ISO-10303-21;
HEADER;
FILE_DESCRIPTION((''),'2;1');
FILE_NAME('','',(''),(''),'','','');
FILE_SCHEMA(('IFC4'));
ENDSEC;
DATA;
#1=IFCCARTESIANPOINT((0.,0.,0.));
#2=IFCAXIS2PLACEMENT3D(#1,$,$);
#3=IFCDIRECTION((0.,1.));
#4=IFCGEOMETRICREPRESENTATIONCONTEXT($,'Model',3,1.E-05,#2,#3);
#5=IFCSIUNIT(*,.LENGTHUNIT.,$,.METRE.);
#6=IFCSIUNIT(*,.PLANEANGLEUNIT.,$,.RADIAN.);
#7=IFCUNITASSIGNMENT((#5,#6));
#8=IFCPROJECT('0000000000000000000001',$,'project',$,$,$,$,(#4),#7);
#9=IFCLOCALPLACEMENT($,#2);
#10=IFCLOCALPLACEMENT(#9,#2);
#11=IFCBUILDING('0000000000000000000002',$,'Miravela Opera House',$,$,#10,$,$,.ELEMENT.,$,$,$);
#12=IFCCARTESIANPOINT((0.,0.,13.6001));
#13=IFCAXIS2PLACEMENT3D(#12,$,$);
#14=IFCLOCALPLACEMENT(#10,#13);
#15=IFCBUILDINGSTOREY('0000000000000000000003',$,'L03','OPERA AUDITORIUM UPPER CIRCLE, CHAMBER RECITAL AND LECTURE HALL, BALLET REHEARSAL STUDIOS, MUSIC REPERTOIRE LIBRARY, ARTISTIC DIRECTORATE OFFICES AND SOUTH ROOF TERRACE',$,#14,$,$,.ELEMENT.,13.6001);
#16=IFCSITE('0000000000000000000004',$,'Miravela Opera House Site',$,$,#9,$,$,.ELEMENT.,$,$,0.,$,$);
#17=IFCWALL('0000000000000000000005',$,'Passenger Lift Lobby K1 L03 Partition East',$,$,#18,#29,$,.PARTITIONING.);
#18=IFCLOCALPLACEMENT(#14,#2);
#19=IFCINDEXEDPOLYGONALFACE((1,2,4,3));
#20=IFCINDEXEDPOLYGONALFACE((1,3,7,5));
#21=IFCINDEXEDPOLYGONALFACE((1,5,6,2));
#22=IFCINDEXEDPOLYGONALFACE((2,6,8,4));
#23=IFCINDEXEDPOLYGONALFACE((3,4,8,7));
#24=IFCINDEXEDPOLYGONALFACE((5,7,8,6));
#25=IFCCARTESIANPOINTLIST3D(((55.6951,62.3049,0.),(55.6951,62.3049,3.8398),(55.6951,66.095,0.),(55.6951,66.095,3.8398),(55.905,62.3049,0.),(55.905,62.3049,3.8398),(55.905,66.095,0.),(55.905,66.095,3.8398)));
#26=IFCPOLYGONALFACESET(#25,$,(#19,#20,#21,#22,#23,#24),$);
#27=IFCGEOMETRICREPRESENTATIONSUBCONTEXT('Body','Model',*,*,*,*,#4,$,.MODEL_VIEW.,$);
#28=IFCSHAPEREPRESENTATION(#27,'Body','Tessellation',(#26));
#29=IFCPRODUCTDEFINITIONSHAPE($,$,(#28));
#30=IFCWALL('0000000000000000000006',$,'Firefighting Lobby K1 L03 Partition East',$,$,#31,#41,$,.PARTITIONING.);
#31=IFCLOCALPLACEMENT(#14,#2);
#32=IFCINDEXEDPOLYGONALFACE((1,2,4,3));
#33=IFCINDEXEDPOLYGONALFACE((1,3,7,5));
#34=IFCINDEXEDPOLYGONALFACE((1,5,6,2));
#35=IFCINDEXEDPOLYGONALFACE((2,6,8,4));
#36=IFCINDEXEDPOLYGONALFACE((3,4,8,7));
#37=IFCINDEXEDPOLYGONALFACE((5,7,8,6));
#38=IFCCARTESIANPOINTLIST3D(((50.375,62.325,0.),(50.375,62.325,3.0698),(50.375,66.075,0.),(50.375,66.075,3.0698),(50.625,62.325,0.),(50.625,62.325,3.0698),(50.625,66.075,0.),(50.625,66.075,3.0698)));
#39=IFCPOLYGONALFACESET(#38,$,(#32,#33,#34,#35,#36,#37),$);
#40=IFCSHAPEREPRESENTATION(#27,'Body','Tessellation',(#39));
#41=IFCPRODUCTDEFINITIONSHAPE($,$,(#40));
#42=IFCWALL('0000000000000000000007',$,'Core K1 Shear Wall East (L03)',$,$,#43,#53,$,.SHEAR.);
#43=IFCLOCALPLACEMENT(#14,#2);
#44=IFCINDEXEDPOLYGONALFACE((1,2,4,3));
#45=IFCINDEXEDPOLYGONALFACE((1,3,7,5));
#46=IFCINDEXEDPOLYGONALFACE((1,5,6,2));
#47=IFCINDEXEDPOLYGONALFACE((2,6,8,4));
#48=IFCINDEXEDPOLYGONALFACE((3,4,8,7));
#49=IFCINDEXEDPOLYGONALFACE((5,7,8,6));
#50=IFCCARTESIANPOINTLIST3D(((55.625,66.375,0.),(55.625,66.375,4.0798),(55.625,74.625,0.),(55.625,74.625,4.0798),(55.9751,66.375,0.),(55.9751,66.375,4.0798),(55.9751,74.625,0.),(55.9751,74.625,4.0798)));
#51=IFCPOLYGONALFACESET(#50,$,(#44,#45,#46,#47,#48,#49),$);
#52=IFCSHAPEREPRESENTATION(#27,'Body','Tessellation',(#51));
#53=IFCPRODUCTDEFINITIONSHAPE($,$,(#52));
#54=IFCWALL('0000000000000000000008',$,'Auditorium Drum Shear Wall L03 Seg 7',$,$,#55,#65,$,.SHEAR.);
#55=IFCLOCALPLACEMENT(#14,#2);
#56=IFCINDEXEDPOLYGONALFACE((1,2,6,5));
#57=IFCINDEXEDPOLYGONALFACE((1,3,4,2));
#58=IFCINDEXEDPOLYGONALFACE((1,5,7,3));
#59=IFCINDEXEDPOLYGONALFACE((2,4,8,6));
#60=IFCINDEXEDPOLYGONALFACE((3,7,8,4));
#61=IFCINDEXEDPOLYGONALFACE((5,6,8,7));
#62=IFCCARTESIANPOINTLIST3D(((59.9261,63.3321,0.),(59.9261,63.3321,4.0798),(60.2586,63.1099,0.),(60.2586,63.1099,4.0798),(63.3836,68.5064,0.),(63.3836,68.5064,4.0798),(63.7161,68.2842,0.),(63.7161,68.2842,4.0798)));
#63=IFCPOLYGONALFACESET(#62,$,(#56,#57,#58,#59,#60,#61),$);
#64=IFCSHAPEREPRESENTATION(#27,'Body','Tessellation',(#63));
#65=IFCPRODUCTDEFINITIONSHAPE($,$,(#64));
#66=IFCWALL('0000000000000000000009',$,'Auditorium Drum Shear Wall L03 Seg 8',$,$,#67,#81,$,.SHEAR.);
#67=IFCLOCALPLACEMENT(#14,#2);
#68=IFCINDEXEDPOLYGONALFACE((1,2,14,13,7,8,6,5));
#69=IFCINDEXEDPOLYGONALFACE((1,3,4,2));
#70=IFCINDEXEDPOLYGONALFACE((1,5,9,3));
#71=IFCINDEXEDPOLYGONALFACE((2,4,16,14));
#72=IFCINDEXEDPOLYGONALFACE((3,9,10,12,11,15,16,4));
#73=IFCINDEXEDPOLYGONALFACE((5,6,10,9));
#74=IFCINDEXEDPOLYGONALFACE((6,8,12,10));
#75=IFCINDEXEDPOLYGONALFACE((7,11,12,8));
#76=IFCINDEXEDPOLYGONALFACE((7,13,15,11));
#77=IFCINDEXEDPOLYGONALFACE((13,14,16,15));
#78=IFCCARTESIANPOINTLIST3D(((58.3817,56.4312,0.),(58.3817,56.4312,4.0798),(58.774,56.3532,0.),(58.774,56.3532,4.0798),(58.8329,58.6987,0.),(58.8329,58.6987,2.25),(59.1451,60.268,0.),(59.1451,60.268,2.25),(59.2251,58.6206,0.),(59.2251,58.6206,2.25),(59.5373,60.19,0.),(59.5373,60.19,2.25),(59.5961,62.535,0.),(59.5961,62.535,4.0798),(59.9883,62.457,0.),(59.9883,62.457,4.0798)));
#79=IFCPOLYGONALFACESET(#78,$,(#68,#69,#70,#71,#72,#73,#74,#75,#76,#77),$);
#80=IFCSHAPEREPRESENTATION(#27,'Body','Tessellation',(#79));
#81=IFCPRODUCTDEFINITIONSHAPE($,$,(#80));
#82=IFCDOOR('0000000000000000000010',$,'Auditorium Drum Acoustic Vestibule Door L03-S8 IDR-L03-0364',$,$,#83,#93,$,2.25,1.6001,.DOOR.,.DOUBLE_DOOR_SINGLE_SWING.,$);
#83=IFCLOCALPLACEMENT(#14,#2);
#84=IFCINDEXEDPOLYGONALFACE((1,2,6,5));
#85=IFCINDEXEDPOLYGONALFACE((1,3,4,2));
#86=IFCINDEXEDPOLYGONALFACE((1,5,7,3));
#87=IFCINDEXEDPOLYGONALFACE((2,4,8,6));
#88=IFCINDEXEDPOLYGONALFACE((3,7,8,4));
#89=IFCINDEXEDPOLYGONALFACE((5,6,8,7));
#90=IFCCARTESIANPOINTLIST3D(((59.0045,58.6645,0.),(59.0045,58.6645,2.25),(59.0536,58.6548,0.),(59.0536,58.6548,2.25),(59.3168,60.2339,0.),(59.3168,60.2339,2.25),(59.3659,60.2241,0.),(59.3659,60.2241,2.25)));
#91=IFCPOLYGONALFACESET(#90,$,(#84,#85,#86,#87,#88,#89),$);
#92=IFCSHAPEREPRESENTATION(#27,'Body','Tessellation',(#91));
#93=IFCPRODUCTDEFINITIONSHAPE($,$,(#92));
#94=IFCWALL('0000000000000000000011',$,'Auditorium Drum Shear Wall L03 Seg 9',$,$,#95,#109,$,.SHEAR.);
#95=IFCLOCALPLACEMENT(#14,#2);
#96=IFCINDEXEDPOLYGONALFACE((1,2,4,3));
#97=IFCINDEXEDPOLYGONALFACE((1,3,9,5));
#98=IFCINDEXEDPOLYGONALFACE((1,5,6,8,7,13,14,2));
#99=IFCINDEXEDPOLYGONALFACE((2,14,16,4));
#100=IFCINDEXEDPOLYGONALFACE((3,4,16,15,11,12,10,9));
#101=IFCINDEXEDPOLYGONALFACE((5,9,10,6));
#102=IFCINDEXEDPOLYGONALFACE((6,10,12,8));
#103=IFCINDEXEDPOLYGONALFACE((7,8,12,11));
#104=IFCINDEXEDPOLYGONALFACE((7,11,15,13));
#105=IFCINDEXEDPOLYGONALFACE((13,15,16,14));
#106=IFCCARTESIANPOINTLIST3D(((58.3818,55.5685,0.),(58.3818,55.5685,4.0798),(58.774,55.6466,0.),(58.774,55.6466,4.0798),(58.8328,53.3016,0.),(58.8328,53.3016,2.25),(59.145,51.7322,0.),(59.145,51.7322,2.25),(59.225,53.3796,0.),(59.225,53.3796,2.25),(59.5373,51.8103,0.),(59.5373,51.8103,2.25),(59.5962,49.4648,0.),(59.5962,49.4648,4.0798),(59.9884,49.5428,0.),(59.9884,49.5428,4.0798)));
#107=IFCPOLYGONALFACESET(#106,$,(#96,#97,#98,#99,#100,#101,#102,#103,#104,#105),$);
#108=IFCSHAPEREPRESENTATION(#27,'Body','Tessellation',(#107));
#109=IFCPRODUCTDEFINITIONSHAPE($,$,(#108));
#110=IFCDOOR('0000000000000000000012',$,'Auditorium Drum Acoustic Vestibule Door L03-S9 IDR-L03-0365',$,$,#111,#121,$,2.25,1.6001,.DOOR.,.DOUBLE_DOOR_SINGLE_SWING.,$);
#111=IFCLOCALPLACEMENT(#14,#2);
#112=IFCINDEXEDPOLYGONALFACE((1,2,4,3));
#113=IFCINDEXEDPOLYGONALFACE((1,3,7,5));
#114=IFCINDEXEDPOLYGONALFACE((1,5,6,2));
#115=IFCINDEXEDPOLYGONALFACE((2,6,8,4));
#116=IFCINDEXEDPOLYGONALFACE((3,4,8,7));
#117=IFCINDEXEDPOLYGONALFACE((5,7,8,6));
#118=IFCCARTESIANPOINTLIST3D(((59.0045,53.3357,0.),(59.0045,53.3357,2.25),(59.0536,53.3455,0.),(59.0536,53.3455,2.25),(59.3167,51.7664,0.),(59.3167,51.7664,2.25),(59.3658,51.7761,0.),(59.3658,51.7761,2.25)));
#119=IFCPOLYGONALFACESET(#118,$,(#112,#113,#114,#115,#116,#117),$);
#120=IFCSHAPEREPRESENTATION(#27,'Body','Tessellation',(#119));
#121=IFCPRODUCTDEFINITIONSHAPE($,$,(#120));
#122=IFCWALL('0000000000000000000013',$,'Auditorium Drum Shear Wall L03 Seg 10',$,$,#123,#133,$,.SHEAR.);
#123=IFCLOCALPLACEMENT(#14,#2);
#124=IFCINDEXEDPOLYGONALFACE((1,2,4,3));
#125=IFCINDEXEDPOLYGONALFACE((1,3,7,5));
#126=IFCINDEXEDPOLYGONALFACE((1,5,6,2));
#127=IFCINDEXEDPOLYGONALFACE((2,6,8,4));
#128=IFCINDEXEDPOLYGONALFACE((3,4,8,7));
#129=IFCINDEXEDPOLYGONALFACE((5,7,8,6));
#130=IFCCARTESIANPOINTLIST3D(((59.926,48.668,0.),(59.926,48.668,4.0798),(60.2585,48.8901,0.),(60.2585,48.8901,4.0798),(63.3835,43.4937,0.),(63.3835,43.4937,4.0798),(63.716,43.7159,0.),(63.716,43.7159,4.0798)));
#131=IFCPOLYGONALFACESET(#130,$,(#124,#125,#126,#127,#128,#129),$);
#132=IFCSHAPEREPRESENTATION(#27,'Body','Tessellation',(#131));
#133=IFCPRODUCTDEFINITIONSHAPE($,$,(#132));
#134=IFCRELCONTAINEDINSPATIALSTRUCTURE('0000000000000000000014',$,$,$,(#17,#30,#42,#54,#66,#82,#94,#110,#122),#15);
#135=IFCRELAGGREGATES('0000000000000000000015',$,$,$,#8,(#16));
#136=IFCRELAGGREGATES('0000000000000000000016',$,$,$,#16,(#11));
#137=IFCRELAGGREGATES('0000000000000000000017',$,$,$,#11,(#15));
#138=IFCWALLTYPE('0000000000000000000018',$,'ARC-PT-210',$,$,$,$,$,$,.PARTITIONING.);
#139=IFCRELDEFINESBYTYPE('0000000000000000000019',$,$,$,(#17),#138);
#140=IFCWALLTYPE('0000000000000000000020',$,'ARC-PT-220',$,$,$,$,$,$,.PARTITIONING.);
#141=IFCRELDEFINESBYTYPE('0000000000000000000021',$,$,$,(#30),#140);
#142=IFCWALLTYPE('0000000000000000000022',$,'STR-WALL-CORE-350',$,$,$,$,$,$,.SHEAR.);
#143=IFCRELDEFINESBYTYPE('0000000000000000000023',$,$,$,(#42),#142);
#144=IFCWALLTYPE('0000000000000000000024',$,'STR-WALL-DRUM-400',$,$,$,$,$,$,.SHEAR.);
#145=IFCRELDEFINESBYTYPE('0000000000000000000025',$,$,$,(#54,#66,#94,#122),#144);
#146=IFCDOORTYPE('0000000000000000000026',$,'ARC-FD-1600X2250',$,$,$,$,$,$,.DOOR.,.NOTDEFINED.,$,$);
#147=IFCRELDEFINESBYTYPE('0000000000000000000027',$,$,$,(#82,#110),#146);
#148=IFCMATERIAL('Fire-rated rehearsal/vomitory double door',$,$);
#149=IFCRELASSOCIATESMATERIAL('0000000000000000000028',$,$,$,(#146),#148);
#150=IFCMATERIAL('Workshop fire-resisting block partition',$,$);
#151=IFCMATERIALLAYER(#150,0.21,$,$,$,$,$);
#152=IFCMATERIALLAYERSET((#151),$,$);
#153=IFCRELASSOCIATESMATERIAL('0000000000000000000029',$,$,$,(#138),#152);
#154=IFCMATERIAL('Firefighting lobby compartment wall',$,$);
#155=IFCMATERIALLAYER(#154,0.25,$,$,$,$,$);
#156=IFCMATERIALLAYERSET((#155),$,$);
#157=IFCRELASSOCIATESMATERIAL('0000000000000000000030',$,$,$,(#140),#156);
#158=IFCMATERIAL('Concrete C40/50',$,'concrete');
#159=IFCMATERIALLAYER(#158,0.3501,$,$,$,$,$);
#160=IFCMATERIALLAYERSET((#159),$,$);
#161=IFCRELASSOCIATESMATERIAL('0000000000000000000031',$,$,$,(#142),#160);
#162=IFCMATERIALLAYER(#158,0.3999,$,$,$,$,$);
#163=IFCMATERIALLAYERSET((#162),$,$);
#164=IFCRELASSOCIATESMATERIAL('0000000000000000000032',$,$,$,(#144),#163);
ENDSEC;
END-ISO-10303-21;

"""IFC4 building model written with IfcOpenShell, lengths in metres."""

from ifc_helpers import new_model, si_unit, direction, frame, frame_2d, origin, place, context, subcontext, project, spatial, rectangle, extrude, material, layer, layer_set, type_object, element, fill, save


model = new_model("IFC4")

# Units and contexts
model_context = context("Model", 3, precision=1e-05, world=origin(), true_north=direction((0.0, 1.0)))
body_context = subcontext(model_context, "Body", "Model", "MODEL_VIEW")
ifc_project = project(units=[si_unit("LENGTHUNIT", "METRE"), si_unit("PLANEANGLEUNIT", "RADIAN")], contexts=[model_context])

# Site, building, storey
site_placement = place(None, origin())
site = spatial("IfcSite", under=ifc_project, at=site_placement, Name="Miravela Opera House Site", CompositionType="ELEMENT", RefElevation=0.0)
building_placement = place(site_placement, origin())
building = spatial("IfcBuilding", under=site, at=building_placement, Name="Miravela Opera House", CompositionType="ELEMENT")
storey_placement = place(building_placement, frame((0.0, 0.0, 13.6001)))
storey = spatial("IfcBuildingStorey", under=building, at=storey_placement, Name="L03", Description="OPERA AUDITORIUM UPPER CIRCLE, CHAMBER RECITAL AND LECTURE HALL, BALLET REHEARSAL STUDIOS, MUSIC REPERTOIRE LIBRARY, ARTISTIC DIRECTORATE OFFICES AND SOUTH ROOF TERRACE", CompositionType="ELEMENT", Elevation=13.6001)

# Shared definitions
ifc_material_1 = material(Name="Concrete C40/50", Category="concrete")

# Shared definitions
ifc_material_2 = material(Name="Fire-rated rehearsal/vomitory double door")
door_type_1 = type_object("IfcDoorType", Name="ARC-FD-1600X2250", OperationType="NOTDEFINED", PredefinedType="DOOR", material=ifc_material_2)

# Shared definitions
ifc_material_3 = material(Name="Workshop fire-resisting block partition")
ifc_layer_1 = layer(ifc_material_3, 0.21)
ifc_layer_set_1 = layer_set([ifc_layer_1])
wall_type_1 = type_object("IfcWallType", Name="ARC-PT-210", PredefinedType="PARTITIONING", material=ifc_layer_set_1)

# Walls
wall_1_placement = place(storey_placement, frame((55.8, 62.3049, 0.0), z_axis=(0.0, 0.0, 1.0), x_axis=(0.0, 1.0, 0.0)))
element("IfcWall", 1, at=wall_1_placement, inside=storey, type_object=wall_type_1, Name="Passenger Lift Lobby K1 L03 Partition East", PredefinedType="PARTITIONING", context=body_context, shape_type="SweptSolid", body=[
    extrude(rectangle(XDim=3.79, YDim=0.21, at=frame_2d((1.895, 0.0))), origin(), (0.0, 0.0, 1.0), 3.8398),
])
ifc_material_4 = material(Name="Firefighting lobby compartment wall")
ifc_layer_2 = layer(ifc_material_4, 0.25)
ifc_layer_set_2 = layer_set([ifc_layer_2])
wall_type_2 = type_object("IfcWallType", Name="ARC-PT-220", PredefinedType="PARTITIONING", material=ifc_layer_set_2)
wall_2_placement = place(storey_placement, frame((50.5, 62.325, 0.0), z_axis=(0.0, 0.0, 1.0), x_axis=(0.0, 1.0, 0.0)))
element("IfcWall", 2, at=wall_2_placement, inside=storey, type_object=wall_type_2, Name="Firefighting Lobby K1 L03 Partition East", PredefinedType="PARTITIONING", context=body_context, shape_type="SweptSolid", body=[
    extrude(rectangle(XDim=3.75, YDim=0.25, at=frame_2d((1.875, 0.0))), origin(), (0.0, 0.0, 1.0), 3.0698),
])
ifc_layer_3 = layer(ifc_material_1, 0.3501)
ifc_layer_set_3 = layer_set([ifc_layer_3])
wall_type_3 = type_object("IfcWallType", Name="STR-WALL-CORE-350", PredefinedType="SHEAR", material=ifc_layer_set_3)
wall_3_placement = place(storey_placement, frame((55.8, 66.375, 0.0), z_axis=(0.0, 0.0, 1.0), x_axis=(0.0, 1.0, 0.0)))
element("IfcWall", 3, at=wall_3_placement, inside=storey, type_object=wall_type_3, Name="Core K1 Shear Wall East (L03)", PredefinedType="SHEAR", context=body_context, shape_type="SweptSolid", body=[
    extrude(rectangle(XDim=8.25, YDim=0.3501, at=frame_2d((4.125, 0.0))), origin(), (0.0, 0.0, 1.0), 4.0798),
])
ifc_layer_4 = layer(ifc_material_1, 0.3999)
ifc_layer_set_4 = layer_set([ifc_layer_4])
wall_type_4 = type_object("IfcWallType", Name="STR-WALL-DRUM-400", PredefinedType="SHEAR", material=ifc_layer_set_4)
wall_4_placement = place(storey_placement, frame((63.5498, 68.3953, 0.0), z_axis=(0.0, 0.0, 1.0), x_axis=(-0.555587, -0.831458, 0.0)))
element("IfcWall", 4, at=wall_4_placement, inside=storey, type_object=wall_type_4, Name="Auditorium Drum Shear Wall L03 Seg 7", PredefinedType="SHEAR", context=body_context, shape_type="SweptSolid", body=[
    extrude(rectangle(XDim=6.2231, YDim=0.3999, at=frame_2d((3.1116, 0.0))), origin(), (0.0, 0.0, 1.0), 4.0798),
])

# Walls, openings, doors
wall_5_placement = place(storey_placement, frame((59.7922, 62.4961, 0.0), z_axis=(0.0, 0.0, 1.0), x_axis=(-0.195128, -0.980778, 0.0)))
wall_5 = element("IfcWall", 5, at=wall_5_placement, inside=storey, type_object=wall_type_4, Name="Auditorium Drum Shear Wall L03 Seg 8", PredefinedType="SHEAR", context=body_context, shape_type="SweptSolid", body=[
    extrude(rectangle(XDim=6.2234, YDim=0.3999, at=frame_2d((3.1118, 0.0))), origin(), (0.0, 0.0, 1.0), 4.0798),
])
opening_1_placement = place(wall_5_placement, frame((2.3115, 0.0, 0.0)))
opening_1 = element("IfcOpeningElement", 6, at=opening_1_placement, cuts=wall_5, PredefinedType="OPENING", context=body_context, shape_type="SweptSolid", body=[
    extrude(rectangle(XDim=1.6001, YDim=2.25, at=frame_2d((0.8, 1.125))), frame((0.0, 0.21, 0.0), z_axis=(0.0, -1.0, 0.0), x_axis=(1.0, 0.0, 0.0)), (0.0, 0.0, 1.0), 0.4199),
])
door_1_placement = place(opening_1_placement, frame((1.6001, 0.0, 0.0), z_axis=(0.0, 0.0, 1.0), x_axis=(-1.0, 0.0, 0.0)))
door_1 = element("IfcDoor", 7, at=door_1_placement, inside=storey, type_object=door_type_1, Name="Auditorium Drum Acoustic Vestibule Door L03-S8 IDR-L03-0364", OperationType="DOUBLE_DOOR_SINGLE_SWING", OverallHeight=2.25, OverallWidth=1.6001, PredefinedType="DOOR", context=body_context, shape_type="SweptSolid", body=[
    extrude(rectangle(XDim=1.6001, YDim=2.25, at=frame_2d((0.8, 1.125))), frame((0.0, 0.0249, 0.0), z_axis=(0.0, -1.0, 0.0), x_axis=(1.0, 0.0, 0.0)), (0.0, 0.0, 1.0), 0.05),
])
fill(opening_1, door_1)
wall_6_placement = place(storey_placement, frame((58.5779, 55.6077, 0.0), z_axis=(0.0, 0.0, 1.0), x_axis=(0.195128, -0.980778, 0.0)))
wall_6 = element("IfcWall", 8, at=wall_6_placement, inside=storey, type_object=wall_type_4, Name="Auditorium Drum Shear Wall L03 Seg 9", PredefinedType="SHEAR", context=body_context, shape_type="SweptSolid", body=[
    extrude(rectangle(XDim=6.2234, YDim=0.3999, at=frame_2d((3.1118, 0.0))), origin(), (0.0, 0.0, 1.0), 4.0798),
])
opening_2_placement = place(wall_6_placement, frame((2.3115, 0.0, 0.0)))
opening_2 = element("IfcOpeningElement", 9, at=opening_2_placement, cuts=wall_6, PredefinedType="OPENING", context=body_context, shape_type="SweptSolid", body=[
    extrude(rectangle(XDim=1.6001, YDim=2.25, at=frame_2d((0.8, 1.125))), frame((0.0, 0.21, 0.0), z_axis=(0.0, -1.0, 0.0), x_axis=(1.0, 0.0, 0.0)), (0.0, 0.0, 1.0), 0.4199),
])
door_2_placement = place(opening_2_placement, frame((1.6001, 0.0, 0.0), z_axis=(0.0, 0.0, 1.0), x_axis=(-1.0, 0.0, 0.0)))
door_2 = element("IfcDoor", 10, at=door_2_placement, inside=storey, type_object=door_type_1, Name="Auditorium Drum Acoustic Vestibule Door L03-S9 IDR-L03-0365", OperationType="DOUBLE_DOOR_SINGLE_SWING", OverallHeight=2.25, OverallWidth=1.6001, PredefinedType="DOOR", context=body_context, shape_type="SweptSolid", body=[
    extrude(rectangle(XDim=1.6001, YDim=2.25, at=frame_2d((0.8, 1.125))), frame((0.0, 0.0249, 0.0), z_axis=(0.0, -1.0, 0.0), x_axis=(1.0, 0.0, 0.0)), (0.0, 0.0, 1.0), 0.05),
])
fill(opening_2, door_2)

# Wall
wall_7_placement = place(storey_placement, frame((60.0923, 48.7791, 0.0), z_axis=(0.0, 0.0, 1.0), x_axis=(0.555587, -0.831458, 0.0)))
element("IfcWall", 11, at=wall_7_placement, inside=storey, type_object=wall_type_4, Name="Auditorium Drum Shear Wall L03 Seg 10", PredefinedType="SHEAR", context=body_context, shape_type="SweptSolid", body=[
    extrude(rectangle(XDim=6.2231, YDim=0.3999, at=frame_2d((3.1116, 0.0))), origin(), (0.0, 0.0, 1.0), 4.0798),
])

save(model, "model.ifc")
